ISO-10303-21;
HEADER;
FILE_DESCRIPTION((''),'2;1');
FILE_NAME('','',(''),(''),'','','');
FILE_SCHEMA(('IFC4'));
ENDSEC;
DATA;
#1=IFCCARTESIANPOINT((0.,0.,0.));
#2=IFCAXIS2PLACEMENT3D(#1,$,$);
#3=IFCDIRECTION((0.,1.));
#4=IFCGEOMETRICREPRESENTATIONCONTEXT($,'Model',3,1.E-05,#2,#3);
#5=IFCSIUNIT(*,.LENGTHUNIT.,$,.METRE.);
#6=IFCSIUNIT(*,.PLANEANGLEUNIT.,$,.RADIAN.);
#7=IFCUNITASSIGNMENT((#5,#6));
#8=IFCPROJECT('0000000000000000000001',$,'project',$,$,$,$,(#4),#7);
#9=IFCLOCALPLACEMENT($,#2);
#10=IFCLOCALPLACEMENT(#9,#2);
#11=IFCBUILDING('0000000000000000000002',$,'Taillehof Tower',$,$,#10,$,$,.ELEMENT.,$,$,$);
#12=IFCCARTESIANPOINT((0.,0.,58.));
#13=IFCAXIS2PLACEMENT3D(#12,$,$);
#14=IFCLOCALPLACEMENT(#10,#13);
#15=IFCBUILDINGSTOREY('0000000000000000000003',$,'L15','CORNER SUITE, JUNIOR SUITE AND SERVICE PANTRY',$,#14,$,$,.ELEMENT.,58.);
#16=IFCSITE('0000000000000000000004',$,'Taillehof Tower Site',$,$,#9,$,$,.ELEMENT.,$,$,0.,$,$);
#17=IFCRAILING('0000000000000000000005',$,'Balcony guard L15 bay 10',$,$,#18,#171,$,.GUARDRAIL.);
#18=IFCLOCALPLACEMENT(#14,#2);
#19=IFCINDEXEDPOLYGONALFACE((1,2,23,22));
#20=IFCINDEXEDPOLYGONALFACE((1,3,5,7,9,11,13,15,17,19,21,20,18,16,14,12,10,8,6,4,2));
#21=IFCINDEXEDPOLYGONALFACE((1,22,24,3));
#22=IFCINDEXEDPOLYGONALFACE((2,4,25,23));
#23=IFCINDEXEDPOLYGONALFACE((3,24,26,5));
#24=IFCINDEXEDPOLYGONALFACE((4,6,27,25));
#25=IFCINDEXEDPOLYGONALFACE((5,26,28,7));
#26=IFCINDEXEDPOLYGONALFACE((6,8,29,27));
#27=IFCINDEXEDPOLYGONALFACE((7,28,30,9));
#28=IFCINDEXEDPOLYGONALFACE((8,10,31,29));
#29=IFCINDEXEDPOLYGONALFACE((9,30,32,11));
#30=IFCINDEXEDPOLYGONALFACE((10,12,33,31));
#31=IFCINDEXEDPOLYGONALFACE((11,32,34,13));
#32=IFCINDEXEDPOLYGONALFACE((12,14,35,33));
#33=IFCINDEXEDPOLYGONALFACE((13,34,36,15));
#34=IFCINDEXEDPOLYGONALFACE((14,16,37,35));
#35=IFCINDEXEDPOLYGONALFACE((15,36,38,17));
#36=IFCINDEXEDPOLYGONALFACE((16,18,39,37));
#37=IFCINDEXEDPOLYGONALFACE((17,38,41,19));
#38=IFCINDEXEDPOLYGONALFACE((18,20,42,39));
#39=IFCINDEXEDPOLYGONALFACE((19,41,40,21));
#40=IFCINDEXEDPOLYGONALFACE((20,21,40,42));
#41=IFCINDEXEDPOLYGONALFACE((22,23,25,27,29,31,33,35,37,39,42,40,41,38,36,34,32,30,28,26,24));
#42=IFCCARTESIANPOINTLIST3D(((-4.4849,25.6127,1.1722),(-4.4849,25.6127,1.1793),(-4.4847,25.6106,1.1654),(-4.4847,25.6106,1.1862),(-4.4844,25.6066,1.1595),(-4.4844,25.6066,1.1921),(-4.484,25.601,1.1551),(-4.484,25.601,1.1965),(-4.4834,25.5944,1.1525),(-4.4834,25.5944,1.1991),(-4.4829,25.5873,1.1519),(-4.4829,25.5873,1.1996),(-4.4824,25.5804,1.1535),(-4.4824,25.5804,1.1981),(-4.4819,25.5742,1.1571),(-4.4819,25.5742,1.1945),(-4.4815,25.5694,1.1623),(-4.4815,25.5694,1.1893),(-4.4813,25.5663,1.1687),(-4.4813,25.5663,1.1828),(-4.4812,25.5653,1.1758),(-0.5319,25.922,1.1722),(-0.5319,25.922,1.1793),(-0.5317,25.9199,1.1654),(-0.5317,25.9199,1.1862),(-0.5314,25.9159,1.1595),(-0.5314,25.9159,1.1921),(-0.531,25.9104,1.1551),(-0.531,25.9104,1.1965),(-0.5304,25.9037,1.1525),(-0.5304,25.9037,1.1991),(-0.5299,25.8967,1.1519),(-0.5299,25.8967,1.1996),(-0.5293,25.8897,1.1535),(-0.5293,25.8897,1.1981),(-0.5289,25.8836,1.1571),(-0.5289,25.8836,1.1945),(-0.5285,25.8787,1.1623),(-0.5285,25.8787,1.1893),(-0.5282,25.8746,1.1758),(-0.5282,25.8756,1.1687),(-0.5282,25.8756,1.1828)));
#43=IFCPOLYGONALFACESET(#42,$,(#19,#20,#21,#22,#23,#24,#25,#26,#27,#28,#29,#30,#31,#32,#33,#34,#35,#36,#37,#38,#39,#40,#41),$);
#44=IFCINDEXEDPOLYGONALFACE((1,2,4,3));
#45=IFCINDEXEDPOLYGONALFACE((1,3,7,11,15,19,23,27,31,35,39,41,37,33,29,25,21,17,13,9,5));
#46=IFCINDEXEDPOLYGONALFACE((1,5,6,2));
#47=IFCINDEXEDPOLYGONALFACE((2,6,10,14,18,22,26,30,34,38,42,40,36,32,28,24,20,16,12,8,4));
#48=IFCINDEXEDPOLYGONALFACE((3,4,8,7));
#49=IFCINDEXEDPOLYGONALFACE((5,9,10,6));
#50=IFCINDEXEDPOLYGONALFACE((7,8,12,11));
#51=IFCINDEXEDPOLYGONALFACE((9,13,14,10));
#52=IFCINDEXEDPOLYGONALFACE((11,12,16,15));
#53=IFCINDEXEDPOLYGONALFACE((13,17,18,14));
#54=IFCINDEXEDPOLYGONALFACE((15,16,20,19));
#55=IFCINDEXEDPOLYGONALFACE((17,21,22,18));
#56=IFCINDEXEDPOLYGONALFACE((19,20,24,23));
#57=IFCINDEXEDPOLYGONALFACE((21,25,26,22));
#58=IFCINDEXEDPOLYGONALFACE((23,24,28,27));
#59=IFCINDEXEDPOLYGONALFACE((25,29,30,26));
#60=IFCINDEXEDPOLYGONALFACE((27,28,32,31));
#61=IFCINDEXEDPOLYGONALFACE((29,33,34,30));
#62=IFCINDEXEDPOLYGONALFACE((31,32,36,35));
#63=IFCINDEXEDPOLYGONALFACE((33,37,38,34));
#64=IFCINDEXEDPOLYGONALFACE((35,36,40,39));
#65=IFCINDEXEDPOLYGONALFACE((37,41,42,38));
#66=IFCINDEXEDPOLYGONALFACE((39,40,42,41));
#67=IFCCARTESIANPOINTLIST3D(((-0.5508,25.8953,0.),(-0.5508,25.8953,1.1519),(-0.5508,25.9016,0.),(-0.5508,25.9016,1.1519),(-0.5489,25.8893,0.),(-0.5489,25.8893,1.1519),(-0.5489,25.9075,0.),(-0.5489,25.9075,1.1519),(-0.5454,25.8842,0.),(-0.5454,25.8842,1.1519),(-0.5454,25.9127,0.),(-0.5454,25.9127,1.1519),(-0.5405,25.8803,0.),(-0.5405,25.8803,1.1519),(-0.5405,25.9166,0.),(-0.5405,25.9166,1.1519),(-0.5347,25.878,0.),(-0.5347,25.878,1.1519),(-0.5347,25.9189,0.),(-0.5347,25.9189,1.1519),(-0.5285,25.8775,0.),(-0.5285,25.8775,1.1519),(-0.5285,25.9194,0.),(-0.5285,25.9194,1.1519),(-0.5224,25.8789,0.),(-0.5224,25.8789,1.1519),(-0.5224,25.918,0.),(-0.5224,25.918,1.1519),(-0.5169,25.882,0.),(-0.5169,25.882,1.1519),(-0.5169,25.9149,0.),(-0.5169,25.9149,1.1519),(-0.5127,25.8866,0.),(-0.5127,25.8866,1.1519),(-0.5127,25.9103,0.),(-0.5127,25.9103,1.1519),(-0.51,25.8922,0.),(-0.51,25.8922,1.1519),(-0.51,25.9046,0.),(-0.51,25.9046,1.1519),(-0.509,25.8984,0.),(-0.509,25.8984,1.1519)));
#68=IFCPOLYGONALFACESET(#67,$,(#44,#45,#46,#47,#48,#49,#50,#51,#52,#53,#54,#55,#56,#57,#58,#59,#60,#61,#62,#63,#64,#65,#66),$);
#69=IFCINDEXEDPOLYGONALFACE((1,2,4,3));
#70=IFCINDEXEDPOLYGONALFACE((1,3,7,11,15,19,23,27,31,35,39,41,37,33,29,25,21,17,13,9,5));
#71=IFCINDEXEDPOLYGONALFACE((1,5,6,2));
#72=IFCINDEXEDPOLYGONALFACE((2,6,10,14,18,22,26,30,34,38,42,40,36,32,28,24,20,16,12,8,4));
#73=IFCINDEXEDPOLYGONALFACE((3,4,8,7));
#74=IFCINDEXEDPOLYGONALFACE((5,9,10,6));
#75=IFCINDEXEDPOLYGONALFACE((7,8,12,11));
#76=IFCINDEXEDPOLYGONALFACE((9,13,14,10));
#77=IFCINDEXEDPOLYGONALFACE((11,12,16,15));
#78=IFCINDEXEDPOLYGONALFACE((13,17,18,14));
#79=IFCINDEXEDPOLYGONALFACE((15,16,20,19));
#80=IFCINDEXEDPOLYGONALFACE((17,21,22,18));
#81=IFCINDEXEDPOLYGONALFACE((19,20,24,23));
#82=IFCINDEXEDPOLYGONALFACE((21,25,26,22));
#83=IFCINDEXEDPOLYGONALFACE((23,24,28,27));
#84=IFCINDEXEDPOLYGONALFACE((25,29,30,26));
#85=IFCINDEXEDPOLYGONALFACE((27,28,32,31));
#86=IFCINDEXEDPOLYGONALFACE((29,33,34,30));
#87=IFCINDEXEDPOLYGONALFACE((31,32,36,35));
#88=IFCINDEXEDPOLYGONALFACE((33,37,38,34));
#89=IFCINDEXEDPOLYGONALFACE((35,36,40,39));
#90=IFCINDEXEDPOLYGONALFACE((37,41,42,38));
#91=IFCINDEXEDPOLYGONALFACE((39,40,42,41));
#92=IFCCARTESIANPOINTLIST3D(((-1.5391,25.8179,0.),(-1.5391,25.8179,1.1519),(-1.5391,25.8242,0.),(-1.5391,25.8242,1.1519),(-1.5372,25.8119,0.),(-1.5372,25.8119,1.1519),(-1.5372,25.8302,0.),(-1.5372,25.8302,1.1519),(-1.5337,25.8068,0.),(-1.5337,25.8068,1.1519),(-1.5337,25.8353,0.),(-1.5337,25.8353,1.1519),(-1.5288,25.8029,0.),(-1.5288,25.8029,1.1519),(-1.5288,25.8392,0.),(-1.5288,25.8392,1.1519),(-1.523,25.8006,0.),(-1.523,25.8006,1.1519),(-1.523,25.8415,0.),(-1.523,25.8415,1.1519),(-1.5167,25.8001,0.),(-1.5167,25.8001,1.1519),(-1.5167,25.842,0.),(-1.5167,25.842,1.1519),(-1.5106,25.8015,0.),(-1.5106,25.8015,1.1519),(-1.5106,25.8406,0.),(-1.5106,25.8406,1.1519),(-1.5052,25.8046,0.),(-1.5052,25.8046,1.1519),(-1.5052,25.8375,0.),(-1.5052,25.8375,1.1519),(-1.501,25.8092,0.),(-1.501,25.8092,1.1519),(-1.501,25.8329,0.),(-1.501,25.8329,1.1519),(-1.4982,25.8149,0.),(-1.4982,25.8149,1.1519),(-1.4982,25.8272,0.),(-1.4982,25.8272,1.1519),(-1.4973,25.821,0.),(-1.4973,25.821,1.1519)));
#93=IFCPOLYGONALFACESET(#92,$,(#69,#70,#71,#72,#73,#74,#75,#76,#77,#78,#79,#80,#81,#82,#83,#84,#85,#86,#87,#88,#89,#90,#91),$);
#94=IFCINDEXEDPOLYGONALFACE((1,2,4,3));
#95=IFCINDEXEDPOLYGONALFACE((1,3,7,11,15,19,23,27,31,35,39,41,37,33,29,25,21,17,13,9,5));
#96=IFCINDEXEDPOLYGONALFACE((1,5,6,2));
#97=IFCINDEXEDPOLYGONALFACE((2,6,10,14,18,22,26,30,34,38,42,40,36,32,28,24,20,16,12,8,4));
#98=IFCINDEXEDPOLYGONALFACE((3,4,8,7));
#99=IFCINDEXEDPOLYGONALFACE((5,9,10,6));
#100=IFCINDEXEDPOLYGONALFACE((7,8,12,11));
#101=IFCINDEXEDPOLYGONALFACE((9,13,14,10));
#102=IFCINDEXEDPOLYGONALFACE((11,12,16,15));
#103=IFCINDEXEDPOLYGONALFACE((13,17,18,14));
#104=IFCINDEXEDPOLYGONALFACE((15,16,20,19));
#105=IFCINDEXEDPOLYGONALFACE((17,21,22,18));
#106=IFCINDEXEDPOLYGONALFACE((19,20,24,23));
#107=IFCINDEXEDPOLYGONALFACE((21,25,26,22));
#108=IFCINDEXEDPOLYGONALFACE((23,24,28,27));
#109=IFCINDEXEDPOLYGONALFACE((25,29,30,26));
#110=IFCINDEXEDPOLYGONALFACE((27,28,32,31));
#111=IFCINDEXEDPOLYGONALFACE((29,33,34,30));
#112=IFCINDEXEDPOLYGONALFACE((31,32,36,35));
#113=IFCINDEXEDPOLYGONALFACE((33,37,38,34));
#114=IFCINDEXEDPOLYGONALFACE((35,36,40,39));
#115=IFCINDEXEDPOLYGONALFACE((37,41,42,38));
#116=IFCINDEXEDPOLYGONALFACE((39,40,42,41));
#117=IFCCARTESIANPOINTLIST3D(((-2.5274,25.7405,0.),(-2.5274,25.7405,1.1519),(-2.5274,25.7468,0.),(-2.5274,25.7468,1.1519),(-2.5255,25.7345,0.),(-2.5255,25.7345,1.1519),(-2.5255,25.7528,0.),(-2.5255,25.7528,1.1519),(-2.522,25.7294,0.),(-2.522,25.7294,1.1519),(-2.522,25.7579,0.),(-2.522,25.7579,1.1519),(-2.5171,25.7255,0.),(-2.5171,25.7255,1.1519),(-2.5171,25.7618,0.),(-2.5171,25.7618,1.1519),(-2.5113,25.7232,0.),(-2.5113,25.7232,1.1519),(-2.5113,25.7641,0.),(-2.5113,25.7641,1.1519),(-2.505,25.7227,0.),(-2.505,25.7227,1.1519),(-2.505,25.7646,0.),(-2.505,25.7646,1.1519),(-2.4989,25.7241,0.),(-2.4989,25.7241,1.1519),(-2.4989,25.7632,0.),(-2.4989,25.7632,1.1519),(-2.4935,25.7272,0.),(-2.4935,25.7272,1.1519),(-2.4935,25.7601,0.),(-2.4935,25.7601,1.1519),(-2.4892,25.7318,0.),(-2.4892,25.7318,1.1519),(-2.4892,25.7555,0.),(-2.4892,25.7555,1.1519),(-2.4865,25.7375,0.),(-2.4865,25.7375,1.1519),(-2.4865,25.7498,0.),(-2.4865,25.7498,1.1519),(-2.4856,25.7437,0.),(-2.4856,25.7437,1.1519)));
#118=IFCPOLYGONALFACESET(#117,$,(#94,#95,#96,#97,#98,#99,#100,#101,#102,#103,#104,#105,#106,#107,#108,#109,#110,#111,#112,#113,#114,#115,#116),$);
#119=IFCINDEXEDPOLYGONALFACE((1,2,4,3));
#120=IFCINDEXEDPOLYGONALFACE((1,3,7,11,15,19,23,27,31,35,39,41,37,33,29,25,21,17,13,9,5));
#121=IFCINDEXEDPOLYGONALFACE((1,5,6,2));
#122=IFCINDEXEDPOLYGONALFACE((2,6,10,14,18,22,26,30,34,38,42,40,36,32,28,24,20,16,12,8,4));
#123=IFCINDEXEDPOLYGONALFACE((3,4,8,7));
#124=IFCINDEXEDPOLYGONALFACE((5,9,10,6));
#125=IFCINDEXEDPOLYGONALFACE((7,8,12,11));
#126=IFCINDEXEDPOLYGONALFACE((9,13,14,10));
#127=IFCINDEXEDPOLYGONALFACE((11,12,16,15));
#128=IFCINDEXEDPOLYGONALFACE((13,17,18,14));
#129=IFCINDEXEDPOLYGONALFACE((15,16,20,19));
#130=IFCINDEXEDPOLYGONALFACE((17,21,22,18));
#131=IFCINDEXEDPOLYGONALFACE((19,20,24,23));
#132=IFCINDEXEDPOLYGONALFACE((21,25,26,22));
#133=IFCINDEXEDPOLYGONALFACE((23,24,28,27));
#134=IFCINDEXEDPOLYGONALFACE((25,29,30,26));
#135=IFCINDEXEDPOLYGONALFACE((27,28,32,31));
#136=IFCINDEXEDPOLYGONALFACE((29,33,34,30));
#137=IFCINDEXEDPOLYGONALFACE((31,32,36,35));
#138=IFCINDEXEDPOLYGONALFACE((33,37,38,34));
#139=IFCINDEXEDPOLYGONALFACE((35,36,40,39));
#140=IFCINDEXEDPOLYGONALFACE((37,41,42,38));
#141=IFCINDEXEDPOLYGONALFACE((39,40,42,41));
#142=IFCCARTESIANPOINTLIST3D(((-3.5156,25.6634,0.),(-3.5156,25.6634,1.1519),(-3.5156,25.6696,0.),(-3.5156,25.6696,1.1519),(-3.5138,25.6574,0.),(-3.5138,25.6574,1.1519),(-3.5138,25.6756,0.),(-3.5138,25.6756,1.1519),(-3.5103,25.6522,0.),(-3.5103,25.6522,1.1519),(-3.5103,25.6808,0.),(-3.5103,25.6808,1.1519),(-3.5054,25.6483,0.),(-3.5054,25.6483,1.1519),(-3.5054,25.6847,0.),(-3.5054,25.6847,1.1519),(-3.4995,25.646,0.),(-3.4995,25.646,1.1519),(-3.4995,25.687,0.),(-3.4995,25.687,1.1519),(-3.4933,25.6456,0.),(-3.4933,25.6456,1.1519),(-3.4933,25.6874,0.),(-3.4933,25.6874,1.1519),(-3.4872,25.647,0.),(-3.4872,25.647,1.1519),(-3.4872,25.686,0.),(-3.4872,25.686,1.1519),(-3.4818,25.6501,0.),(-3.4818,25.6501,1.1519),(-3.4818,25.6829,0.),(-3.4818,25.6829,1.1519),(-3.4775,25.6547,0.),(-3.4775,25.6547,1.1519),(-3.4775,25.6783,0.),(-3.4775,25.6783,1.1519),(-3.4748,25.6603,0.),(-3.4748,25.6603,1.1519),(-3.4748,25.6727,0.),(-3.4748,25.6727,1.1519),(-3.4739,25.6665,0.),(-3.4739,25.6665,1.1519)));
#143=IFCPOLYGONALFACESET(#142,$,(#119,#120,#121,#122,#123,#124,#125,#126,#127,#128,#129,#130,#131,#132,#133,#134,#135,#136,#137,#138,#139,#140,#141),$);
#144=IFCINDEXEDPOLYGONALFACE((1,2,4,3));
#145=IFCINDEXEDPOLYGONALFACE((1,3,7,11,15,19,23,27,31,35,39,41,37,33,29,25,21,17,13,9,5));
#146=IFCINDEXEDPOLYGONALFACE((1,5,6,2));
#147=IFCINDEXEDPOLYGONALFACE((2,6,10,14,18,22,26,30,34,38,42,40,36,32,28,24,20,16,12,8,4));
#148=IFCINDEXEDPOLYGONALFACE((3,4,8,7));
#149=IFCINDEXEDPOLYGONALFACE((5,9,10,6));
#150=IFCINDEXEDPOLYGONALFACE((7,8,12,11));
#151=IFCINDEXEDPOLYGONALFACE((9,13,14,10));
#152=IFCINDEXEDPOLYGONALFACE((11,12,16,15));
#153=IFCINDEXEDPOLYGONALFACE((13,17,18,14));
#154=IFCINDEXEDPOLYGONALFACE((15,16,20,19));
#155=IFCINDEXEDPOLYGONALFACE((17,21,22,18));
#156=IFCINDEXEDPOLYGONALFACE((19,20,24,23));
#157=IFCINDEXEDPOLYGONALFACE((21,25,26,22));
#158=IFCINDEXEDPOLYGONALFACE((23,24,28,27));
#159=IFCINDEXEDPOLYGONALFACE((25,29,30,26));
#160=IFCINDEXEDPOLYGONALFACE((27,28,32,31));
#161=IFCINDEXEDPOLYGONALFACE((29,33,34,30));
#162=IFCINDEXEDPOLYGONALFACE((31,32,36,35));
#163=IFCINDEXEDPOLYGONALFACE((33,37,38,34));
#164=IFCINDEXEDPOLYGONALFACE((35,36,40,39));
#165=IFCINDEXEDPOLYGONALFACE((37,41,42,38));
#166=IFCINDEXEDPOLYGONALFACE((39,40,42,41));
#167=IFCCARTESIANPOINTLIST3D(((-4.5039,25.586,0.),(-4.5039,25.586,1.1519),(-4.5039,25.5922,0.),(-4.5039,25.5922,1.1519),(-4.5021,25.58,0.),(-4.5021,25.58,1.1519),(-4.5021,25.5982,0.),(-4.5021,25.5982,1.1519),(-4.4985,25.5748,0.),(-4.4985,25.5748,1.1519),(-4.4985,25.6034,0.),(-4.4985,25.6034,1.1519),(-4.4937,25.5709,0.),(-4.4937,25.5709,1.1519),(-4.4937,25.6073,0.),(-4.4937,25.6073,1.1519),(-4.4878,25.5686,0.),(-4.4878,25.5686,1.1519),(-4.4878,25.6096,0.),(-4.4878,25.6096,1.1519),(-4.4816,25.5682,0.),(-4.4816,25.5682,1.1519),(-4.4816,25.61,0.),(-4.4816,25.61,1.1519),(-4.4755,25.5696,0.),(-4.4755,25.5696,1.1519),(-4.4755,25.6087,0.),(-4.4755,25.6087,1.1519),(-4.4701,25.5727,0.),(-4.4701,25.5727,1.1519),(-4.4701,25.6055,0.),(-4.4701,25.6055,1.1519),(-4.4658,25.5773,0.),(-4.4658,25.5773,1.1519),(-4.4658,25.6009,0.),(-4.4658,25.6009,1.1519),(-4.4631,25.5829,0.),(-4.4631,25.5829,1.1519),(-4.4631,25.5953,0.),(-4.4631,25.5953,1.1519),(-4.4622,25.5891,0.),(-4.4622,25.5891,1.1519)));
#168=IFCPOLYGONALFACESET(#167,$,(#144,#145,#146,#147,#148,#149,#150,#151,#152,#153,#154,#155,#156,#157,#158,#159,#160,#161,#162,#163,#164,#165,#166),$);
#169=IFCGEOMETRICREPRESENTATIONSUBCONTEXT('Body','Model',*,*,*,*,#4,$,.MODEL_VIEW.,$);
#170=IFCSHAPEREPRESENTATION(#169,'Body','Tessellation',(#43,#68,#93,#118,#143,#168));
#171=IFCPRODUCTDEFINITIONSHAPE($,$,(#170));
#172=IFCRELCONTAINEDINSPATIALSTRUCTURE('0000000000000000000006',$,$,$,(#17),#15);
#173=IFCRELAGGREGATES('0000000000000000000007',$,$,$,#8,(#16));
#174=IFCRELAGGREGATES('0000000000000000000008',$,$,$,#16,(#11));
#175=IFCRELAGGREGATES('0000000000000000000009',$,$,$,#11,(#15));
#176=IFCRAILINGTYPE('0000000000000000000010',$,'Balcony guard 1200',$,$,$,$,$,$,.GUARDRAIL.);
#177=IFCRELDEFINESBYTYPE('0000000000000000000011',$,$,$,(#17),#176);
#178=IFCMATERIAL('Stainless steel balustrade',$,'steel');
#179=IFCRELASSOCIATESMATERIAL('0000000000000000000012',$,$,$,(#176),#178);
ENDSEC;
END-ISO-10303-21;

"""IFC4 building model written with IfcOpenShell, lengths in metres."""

from ifc_helpers import new_model, si_unit, direction, frame, origin, origin_2d, place, context, subcontext, project, spatial, circle, extrude, material, type_object, element, save


model = new_model("IFC4")

# Units and contexts
model_context = context("Model", 3, precision=1e-05, world=origin(), true_north=direction((0.0, 1.0)))
body_context = subcontext(model_context, "Body", "Model", "MODEL_VIEW")
ifc_project = project(units=[si_unit("LENGTHUNIT", "METRE"), si_unit("PLANEANGLEUNIT", "RADIAN")], contexts=[model_context])

# Site, building, storey
site_placement = place(None, origin())
site = spatial("IfcSite", under=ifc_project, at=site_placement, Name="Taillehof Tower Site", CompositionType="ELEMENT", RefElevation=0.0)
building_placement = place(site_placement, origin())
building = spatial("IfcBuilding", under=site, at=building_placement, Name="Taillehof Tower", CompositionType="ELEMENT")
storey_placement = place(building_placement, frame((0.0, 0.0, 58.0)))
storey = spatial("IfcBuildingStorey", under=building, at=storey_placement, Name="L15", Description="CORNER SUITE, JUNIOR SUITE AND SERVICE PANTRY", CompositionType="ELEMENT", Elevation=58.0)

# Railing
ifc_material_1 = material(Name="Stainless steel balustrade", Category="steel")
railing_type = type_object("IfcRailingType", Name="Balcony guard 1200", PredefinedType="GUARDRAIL", material=ifc_material_1)
railing_1_placement = place(storey_placement, frame((-0.53, 25.8984, 0.0)))
element("IfcRailing", 1, at=railing_1_placement, inside=storey, type_object=railing_type, Name="Balcony guard L15 bay 10", PredefinedType="GUARDRAIL", context=body_context, shape_type="SweptSolid", body=[
    extrude(circle(Radius=0.0239, at=origin_2d()), frame((0.0, 0.0, 1.1758), z_axis=(-0.996953, -0.07801, 0.0), x_axis=(0.07801, -0.996953, 0.0)), (0.0, 0.0, 1.0), 3.9651),
    extrude(circle(Radius=0.021, at=origin_2d()), origin(), (0.0, 0.0, 1.0), 1.1519),
    extrude(circle(Radius=0.021, at=origin_2d()), frame((-0.9883, -0.0774, 0.0)), (0.0, 0.0, 1.0), 1.1519),
    extrude(circle(Radius=0.021, at=origin_2d()), frame((-1.9766, -0.1548, 0.0)), (0.0, 0.0, 1.0), 1.1519),
    extrude(circle(Radius=0.021, at=origin_2d()), frame((-2.9648, -0.2319, 0.0)), (0.0, 0.0, 1.0), 1.1519),
    extrude(circle(Radius=0.021, at=origin_2d()), frame((-3.9531, -0.3093, 0.0)), (0.0, 0.0, 1.0), 1.1519),
])

save(model, "model.ifc")
